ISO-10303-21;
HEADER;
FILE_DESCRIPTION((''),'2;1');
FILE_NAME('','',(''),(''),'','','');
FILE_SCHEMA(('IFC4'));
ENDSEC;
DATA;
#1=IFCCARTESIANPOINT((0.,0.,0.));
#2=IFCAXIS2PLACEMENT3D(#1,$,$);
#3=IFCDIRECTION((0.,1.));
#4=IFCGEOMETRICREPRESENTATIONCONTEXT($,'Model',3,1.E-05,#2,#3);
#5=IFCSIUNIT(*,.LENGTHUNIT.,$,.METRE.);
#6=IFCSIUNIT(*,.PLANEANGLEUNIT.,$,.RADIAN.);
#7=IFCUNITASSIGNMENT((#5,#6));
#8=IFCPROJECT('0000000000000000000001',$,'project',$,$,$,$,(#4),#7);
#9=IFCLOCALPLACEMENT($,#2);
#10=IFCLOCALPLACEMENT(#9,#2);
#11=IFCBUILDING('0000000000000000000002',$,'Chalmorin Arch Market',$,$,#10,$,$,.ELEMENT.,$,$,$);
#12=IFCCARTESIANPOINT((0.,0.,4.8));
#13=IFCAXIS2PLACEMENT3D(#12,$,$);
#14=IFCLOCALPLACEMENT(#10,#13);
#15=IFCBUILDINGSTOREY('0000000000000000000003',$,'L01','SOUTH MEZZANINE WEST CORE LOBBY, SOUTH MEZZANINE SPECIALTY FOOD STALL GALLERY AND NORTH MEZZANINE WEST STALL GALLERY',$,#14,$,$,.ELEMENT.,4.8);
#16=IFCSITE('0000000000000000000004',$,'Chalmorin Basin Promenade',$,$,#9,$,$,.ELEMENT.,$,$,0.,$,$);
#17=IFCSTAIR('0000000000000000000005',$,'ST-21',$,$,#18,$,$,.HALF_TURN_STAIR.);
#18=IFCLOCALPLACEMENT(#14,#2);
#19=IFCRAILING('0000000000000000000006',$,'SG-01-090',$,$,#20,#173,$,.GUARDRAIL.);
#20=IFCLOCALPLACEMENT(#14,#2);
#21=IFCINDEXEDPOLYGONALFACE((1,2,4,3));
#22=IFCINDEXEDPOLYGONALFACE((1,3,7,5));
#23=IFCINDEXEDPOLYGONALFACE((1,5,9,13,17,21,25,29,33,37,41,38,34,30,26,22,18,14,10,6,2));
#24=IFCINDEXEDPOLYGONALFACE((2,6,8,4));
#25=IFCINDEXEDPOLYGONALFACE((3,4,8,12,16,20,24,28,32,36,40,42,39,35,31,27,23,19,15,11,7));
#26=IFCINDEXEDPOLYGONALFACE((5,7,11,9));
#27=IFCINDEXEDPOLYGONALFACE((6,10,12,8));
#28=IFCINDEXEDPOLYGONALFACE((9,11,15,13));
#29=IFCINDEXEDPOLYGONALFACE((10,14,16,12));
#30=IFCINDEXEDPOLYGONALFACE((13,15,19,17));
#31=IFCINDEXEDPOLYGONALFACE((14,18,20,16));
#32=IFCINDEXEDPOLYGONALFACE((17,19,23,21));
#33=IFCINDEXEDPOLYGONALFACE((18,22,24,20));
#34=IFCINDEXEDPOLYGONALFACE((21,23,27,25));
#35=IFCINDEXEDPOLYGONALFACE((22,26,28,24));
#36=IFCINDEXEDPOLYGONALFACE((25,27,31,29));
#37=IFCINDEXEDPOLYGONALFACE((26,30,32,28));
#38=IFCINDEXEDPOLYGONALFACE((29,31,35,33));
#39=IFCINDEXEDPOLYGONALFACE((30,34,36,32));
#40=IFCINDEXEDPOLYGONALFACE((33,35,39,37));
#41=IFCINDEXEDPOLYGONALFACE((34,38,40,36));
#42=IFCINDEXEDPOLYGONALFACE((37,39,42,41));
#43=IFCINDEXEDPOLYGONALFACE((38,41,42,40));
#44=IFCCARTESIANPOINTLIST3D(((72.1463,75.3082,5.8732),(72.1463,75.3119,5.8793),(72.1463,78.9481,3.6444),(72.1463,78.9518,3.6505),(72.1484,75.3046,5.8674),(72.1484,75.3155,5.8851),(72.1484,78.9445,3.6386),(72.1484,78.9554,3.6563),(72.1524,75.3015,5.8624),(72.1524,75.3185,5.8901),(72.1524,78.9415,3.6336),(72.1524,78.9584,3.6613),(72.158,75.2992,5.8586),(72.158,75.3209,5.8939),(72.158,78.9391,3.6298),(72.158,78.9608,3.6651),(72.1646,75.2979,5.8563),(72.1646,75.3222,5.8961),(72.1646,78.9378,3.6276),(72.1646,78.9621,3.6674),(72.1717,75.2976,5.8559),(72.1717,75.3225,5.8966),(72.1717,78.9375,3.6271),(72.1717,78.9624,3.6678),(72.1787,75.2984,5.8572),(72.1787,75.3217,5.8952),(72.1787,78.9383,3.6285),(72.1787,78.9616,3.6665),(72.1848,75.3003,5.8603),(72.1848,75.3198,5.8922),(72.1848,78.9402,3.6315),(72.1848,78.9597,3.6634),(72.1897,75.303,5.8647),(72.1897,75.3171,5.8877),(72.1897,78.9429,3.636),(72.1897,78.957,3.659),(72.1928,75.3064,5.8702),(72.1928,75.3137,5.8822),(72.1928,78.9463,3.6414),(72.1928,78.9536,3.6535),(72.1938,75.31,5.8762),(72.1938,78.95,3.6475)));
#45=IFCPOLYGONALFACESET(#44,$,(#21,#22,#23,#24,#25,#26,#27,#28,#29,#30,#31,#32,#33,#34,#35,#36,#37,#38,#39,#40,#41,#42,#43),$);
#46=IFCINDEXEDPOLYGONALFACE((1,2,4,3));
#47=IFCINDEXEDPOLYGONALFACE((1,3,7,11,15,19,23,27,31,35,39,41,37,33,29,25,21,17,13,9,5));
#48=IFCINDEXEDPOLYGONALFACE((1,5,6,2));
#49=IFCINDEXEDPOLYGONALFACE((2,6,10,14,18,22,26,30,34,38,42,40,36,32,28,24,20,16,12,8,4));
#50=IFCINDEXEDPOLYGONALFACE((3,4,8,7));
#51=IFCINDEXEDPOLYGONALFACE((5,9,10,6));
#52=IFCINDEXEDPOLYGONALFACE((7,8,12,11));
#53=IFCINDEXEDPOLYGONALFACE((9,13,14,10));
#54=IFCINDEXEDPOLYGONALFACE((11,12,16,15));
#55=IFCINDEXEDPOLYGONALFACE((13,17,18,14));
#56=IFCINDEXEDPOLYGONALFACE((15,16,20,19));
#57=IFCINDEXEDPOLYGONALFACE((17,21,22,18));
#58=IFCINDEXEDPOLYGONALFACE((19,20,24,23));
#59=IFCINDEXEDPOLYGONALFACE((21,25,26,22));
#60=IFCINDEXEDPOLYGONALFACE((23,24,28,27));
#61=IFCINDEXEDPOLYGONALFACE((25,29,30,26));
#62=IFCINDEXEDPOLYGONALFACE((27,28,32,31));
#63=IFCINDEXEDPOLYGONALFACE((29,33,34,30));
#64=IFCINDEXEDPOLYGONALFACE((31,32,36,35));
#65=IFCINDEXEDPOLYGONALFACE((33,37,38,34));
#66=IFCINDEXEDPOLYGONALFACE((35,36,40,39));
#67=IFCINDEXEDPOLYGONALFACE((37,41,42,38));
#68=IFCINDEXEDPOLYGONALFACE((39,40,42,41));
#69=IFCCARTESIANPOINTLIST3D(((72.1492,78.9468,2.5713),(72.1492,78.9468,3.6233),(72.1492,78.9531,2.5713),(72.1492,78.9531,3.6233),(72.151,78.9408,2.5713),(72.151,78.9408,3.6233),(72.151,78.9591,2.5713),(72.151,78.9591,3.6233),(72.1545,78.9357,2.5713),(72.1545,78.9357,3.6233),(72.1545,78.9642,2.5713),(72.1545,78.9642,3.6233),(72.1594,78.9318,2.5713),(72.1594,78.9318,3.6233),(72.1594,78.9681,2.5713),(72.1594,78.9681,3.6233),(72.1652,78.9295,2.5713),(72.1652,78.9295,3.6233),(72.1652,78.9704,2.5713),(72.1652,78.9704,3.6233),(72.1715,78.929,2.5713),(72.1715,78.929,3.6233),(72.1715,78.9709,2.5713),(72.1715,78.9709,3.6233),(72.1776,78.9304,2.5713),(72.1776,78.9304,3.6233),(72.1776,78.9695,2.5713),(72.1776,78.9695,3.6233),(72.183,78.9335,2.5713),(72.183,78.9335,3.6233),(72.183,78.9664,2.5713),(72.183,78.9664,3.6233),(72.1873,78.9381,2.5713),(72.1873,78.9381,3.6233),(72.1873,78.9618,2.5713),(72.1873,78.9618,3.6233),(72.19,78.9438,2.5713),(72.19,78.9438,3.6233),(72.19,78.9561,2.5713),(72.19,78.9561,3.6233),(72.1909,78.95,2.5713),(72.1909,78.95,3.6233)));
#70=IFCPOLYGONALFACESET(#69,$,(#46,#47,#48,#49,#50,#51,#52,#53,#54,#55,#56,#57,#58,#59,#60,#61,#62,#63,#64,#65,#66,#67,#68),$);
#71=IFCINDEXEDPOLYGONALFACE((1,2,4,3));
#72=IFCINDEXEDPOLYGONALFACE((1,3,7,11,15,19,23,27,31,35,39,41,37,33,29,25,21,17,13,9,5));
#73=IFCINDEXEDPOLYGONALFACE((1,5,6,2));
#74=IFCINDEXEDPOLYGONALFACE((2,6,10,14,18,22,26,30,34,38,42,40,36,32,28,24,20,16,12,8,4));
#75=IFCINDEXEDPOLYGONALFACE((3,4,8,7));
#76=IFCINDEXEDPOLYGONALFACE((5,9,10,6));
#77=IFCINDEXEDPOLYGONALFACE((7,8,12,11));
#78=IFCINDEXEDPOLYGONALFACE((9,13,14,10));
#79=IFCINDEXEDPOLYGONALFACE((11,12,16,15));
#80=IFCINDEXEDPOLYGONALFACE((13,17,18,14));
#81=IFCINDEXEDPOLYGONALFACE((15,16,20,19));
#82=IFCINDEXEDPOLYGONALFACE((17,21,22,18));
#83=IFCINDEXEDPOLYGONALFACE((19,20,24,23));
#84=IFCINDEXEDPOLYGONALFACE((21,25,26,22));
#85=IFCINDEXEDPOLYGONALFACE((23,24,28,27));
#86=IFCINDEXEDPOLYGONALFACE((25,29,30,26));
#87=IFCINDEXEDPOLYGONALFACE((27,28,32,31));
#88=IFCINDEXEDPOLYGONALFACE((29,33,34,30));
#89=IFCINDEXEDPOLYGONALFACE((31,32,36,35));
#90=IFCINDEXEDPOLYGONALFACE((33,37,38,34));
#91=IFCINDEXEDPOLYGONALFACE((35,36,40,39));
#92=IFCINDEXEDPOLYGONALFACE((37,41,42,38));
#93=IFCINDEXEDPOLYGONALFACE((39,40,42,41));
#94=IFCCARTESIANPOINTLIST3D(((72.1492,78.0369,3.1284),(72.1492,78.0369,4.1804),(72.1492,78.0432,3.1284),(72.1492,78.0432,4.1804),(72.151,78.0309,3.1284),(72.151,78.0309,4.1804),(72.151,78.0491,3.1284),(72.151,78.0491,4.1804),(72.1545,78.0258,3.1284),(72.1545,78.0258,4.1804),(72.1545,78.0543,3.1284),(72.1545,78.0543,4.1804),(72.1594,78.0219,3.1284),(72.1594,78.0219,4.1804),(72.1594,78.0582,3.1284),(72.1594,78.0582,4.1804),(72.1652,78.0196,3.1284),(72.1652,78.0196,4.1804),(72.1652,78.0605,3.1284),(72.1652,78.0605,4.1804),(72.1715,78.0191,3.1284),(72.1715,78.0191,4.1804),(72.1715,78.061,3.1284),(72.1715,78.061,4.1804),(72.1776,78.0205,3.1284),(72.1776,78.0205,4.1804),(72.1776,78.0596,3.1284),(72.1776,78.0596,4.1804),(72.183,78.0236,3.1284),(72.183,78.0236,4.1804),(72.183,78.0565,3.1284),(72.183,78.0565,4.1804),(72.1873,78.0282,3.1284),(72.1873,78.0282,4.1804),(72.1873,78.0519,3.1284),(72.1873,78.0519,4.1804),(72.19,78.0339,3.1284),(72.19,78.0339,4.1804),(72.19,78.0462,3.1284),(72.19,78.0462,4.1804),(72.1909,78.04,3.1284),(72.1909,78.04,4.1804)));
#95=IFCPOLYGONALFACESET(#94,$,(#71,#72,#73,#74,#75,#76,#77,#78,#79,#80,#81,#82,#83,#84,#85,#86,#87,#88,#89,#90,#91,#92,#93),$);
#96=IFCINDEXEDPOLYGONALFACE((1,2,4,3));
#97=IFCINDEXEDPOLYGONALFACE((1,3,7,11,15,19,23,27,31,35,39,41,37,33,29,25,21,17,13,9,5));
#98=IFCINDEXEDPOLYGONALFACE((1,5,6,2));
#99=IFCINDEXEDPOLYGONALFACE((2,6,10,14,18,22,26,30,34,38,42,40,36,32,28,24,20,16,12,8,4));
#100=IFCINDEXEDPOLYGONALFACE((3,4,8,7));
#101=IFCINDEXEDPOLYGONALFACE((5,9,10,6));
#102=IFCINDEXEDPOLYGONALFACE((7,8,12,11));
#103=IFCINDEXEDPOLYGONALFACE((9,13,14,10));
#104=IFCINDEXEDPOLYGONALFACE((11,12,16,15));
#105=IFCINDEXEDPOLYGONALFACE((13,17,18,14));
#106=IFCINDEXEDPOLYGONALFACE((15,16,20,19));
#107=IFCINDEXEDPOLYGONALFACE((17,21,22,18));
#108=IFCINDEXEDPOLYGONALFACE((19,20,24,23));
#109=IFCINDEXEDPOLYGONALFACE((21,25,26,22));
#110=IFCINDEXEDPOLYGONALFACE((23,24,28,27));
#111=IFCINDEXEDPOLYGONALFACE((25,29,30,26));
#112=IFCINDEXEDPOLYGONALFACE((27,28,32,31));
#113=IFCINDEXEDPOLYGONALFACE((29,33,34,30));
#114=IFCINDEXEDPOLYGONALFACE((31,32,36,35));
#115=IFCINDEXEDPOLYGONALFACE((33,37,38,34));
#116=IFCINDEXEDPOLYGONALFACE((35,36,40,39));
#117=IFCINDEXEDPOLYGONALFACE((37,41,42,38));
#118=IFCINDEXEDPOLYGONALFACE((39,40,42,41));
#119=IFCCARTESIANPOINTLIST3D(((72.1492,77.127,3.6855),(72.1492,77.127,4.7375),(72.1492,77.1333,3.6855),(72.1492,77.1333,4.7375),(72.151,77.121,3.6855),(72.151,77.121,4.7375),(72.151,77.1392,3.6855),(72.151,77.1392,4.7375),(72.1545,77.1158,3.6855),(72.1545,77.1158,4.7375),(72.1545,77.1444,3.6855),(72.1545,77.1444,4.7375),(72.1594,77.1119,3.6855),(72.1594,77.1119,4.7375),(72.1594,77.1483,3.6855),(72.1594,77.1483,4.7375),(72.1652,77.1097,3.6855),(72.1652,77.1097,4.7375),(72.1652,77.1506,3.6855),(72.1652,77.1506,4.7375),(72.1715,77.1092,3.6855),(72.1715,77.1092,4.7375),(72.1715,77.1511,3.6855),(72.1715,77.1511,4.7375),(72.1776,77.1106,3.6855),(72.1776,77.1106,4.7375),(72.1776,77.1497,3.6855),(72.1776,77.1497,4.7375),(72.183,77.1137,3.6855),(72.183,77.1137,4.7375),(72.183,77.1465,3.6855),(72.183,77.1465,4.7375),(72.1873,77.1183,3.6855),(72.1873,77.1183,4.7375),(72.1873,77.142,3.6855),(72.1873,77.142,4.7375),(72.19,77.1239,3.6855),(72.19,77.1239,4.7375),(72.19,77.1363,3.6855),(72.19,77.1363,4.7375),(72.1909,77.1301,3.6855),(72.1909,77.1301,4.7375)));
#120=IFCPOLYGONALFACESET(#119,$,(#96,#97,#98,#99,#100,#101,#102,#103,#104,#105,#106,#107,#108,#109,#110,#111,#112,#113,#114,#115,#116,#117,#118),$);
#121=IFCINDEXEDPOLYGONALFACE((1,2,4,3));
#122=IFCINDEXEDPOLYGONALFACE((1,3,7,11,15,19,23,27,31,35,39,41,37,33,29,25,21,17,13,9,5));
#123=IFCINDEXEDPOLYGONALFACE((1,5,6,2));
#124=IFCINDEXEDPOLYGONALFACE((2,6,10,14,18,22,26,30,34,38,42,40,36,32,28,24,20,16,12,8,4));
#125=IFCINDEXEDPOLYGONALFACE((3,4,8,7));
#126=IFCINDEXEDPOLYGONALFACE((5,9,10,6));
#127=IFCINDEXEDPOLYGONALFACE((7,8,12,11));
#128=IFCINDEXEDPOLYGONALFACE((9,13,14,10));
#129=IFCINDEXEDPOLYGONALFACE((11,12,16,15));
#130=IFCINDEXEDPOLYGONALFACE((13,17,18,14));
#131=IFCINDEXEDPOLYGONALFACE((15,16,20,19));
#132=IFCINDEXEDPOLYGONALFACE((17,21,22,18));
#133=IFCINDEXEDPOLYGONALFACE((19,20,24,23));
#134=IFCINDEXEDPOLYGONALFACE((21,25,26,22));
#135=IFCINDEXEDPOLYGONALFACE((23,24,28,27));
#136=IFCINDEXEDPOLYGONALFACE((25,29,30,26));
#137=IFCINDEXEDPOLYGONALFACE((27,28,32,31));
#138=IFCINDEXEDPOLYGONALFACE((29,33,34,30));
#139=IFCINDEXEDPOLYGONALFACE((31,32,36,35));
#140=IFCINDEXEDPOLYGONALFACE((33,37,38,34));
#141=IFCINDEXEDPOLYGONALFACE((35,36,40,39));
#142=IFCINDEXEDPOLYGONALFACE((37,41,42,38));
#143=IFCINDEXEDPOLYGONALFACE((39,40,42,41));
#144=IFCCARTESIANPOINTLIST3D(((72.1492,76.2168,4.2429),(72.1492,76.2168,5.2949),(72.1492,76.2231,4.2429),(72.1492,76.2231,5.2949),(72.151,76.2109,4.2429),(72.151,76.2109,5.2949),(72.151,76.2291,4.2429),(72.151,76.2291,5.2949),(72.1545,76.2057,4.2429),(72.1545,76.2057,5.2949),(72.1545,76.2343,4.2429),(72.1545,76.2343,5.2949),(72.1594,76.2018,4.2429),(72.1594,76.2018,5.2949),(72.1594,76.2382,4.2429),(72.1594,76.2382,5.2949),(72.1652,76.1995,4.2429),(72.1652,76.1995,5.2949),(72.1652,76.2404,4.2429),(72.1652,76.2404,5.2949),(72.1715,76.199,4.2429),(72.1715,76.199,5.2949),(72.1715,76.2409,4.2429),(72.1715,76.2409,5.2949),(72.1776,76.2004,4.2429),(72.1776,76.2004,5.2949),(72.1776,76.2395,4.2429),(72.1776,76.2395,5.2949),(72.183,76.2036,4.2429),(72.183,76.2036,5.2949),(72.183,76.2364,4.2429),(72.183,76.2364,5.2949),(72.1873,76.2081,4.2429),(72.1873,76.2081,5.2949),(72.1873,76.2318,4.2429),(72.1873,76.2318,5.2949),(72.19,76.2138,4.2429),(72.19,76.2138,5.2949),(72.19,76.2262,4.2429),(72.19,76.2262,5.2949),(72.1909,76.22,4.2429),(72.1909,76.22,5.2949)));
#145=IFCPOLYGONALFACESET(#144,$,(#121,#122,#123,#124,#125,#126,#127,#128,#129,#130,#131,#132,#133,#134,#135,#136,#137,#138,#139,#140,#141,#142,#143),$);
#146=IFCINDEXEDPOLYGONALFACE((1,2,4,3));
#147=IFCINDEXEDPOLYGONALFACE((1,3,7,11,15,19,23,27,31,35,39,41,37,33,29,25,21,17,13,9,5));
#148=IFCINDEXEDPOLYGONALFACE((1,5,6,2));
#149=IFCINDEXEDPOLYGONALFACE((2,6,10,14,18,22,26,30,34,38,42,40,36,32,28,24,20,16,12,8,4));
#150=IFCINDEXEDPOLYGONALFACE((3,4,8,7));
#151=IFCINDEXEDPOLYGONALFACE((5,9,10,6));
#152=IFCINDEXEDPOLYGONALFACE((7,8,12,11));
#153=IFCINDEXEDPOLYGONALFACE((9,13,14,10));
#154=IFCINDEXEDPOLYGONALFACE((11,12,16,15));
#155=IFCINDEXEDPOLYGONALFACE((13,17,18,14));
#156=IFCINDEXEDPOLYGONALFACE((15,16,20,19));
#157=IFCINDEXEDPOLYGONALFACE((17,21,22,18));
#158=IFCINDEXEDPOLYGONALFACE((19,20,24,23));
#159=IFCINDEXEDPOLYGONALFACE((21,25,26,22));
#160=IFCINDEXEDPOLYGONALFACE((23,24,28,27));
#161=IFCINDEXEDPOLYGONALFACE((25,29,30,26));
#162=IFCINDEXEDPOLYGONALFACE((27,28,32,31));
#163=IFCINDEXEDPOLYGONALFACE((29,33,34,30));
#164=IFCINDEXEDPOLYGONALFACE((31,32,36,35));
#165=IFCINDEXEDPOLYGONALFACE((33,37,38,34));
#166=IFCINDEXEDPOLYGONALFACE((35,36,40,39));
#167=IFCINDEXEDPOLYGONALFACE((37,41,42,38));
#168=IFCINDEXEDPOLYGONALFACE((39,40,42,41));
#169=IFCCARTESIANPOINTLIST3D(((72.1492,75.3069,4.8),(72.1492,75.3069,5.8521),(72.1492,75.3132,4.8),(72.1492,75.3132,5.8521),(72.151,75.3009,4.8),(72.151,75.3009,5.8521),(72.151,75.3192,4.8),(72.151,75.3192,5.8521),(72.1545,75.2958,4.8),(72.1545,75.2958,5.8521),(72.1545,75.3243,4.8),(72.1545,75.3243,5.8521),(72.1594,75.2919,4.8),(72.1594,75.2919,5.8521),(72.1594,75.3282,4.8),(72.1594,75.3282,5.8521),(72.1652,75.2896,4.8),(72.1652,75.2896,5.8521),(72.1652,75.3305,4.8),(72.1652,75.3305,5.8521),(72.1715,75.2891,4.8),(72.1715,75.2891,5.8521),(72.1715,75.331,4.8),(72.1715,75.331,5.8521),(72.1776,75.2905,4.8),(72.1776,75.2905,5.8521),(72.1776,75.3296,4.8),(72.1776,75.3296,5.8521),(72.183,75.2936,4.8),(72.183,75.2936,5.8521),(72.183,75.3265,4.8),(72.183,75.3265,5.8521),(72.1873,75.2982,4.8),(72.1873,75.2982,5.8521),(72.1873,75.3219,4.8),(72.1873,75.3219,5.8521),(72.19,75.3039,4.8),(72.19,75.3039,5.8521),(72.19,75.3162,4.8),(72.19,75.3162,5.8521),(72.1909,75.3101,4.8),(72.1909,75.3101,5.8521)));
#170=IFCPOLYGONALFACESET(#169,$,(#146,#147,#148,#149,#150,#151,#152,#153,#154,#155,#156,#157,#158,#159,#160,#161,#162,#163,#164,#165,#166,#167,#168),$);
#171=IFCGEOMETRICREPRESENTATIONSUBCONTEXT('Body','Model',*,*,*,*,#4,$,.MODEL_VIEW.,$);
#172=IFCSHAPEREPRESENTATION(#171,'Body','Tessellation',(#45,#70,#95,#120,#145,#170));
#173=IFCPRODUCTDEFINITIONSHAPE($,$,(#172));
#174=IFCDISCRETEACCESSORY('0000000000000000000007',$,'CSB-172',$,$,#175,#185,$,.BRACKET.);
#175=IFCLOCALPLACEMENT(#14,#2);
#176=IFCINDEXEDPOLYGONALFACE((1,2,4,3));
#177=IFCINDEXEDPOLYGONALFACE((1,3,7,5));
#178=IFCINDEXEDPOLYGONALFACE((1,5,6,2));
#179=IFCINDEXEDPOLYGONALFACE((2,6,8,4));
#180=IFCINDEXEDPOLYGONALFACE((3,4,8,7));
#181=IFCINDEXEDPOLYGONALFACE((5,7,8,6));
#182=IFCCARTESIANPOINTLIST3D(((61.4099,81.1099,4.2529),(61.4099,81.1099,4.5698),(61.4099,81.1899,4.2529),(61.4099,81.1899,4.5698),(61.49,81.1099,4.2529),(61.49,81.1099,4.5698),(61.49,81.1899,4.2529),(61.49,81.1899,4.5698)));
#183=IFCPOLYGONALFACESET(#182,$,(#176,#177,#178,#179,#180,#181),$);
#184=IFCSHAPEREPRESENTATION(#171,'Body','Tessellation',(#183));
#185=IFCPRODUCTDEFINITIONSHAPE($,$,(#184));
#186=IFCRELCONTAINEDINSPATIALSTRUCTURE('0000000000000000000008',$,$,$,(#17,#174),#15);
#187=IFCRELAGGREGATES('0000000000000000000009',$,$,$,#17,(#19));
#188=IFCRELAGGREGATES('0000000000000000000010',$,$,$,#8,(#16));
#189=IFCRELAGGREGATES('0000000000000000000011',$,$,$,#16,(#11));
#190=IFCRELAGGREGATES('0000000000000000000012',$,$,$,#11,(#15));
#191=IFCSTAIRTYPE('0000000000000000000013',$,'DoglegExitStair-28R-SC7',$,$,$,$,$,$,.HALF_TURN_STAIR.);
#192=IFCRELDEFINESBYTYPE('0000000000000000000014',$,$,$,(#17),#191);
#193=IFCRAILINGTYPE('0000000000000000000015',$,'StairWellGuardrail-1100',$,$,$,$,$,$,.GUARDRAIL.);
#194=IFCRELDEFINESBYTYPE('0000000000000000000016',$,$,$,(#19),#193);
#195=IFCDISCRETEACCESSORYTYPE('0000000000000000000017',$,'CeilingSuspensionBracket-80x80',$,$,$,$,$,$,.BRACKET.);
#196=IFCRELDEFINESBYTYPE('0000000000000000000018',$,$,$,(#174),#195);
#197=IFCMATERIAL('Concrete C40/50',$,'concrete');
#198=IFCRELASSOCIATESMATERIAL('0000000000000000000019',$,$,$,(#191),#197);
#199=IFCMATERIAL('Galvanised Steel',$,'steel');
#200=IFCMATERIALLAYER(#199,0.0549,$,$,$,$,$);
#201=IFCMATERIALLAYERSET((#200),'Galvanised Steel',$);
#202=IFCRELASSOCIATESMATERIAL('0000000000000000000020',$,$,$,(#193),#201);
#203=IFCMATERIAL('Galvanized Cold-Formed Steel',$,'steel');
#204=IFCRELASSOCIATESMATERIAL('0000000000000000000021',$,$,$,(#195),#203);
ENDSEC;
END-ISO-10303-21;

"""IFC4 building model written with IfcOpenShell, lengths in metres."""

from ifc_helpers import new_model, si_unit, direction, frame, origin, origin_2d, place, context, subcontext, project, spatial, rectangle, circle, extrude, material, layer, layer_set, type_object, element, aggregate, save


model = new_model("IFC4")

# Units and contexts
model_context = context("Model", 3, precision=1e-05, world=origin(), true_north=direction((0.0, 1.0)))
body_context = subcontext(model_context, "Body", "Model", "MODEL_VIEW")
ifc_project = project(units=[si_unit("LENGTHUNIT", "METRE"), si_unit("PLANEANGLEUNIT", "RADIAN")], contexts=[model_context])

# Site, building, storey
site_placement = place(None, origin())
site = spatial("IfcSite", under=ifc_project, at=site_placement, Name="Chalmorin Basin Promenade", CompositionType="ELEMENT", RefElevation=0.0)
building_placement = place(site_placement, origin())
building = spatial("IfcBuilding", under=site, at=building_placement, Name="Chalmorin Arch Market", CompositionType="ELEMENT")
storey_placement = place(building_placement, frame((0.0, 0.0, 4.8)))
storey = spatial("IfcBuildingStorey", under=building, at=storey_placement, Name="L01", Description="SOUTH MEZZANINE WEST CORE LOBBY, SOUTH MEZZANINE SPECIALTY FOOD STALL GALLERY AND NORTH MEZZANINE WEST STALL GALLERY", CompositionType="ELEMENT", Elevation=4.8)

# Shared definitions
ifc_material_1 = material(Name="Concrete C40/50", Category="concrete")

# Stair, railing
stair_type = type_object("IfcStairType", Name="DoglegExitStair-28R-SC7", PredefinedType="HALF_TURN_STAIR", material=ifc_material_1)
stair_placement = place(storey_placement, origin())
stair = element("IfcStair", 1, at=stair_placement, inside=storey, type_object=stair_type, Name="ST-21", PredefinedType="HALF_TURN_STAIR")
ifc_material_2 = material(Name="Galvanised Steel", Category="steel")
ifc_layer_1 = layer(ifc_material_2, 0.0549)
ifc_layer_set_1 = layer_set([ifc_layer_1], Name="Galvanised Steel")
railing_type_1 = type_object("IfcRailingType", Name="StairWellGuardrail-1100", PredefinedType="GUARDRAIL", material=ifc_layer_set_1)
railing_1_placement = place(storey_placement, frame((72.1699, 78.95, 2.5713)))
railing_1 = element("IfcRailing", 2, at=railing_1_placement, type_object=railing_type_1, Name="SG-01-090", PredefinedType="GUARDRAIL", context=body_context, shape_type="SweptSolid", body=[
    extrude(circle(Radius=0.0239, at=origin_2d()), frame((0.0, 0.0, 1.0762), z_axis=(0.0, -0.852825, 0.522197), x_axis=(1.0, 0.0, 0.0)), (0.0, 0.0, 1.0), 4.2681),
    extrude(circle(Radius=0.021, at=origin_2d()), origin(), (0.0, 0.0, 1.0), 1.052),
    extrude(circle(Radius=0.021, at=origin_2d()), frame((0.0, -0.9099, 0.5571)), (0.0, 0.0, 1.0), 1.052),
    extrude(circle(Radius=0.021, at=origin_2d()), frame((0.0, -1.8198, 1.1143)), (0.0, 0.0, 1.0), 1.052),
    extrude(circle(Radius=0.021, at=origin_2d()), frame((0.0, -2.73, 1.6716)), (0.0, 0.0, 1.0), 1.052),
    extrude(circle(Radius=0.021, at=origin_2d()), frame((0.0, -3.6399, 2.2288)), (0.0, 0.0, 1.0), 1.052),
])
aggregate(stair, [railing_1])

# Discrete accessory
ifc_material_3 = material(Name="Galvanized Cold-Formed Steel", Category="steel")
discrete_accessory_type = type_object("IfcDiscreteAccessoryType", Name="CeilingSuspensionBracket-80x80", PredefinedType="BRACKET", material=ifc_material_3)
discrete_accessory_placement = place(storey_placement, frame((61.45, 81.1499, 4.2529), z_axis=(0.0, 0.0, 1.0), x_axis=(1.0, 0.0, 0.0)))
element("IfcDiscreteAccessory", 3, at=discrete_accessory_placement, inside=storey, type_object=discrete_accessory_type, Name="CSB-172", PredefinedType="BRACKET", context=body_context, shape_type="SweptSolid", body=[
    extrude(rectangle(XDim=0.0801, YDim=0.0801, at=origin_2d()), origin(), (0.0, 0.0, 1.0), 0.3169),
])

save(model, "model.ifc")
